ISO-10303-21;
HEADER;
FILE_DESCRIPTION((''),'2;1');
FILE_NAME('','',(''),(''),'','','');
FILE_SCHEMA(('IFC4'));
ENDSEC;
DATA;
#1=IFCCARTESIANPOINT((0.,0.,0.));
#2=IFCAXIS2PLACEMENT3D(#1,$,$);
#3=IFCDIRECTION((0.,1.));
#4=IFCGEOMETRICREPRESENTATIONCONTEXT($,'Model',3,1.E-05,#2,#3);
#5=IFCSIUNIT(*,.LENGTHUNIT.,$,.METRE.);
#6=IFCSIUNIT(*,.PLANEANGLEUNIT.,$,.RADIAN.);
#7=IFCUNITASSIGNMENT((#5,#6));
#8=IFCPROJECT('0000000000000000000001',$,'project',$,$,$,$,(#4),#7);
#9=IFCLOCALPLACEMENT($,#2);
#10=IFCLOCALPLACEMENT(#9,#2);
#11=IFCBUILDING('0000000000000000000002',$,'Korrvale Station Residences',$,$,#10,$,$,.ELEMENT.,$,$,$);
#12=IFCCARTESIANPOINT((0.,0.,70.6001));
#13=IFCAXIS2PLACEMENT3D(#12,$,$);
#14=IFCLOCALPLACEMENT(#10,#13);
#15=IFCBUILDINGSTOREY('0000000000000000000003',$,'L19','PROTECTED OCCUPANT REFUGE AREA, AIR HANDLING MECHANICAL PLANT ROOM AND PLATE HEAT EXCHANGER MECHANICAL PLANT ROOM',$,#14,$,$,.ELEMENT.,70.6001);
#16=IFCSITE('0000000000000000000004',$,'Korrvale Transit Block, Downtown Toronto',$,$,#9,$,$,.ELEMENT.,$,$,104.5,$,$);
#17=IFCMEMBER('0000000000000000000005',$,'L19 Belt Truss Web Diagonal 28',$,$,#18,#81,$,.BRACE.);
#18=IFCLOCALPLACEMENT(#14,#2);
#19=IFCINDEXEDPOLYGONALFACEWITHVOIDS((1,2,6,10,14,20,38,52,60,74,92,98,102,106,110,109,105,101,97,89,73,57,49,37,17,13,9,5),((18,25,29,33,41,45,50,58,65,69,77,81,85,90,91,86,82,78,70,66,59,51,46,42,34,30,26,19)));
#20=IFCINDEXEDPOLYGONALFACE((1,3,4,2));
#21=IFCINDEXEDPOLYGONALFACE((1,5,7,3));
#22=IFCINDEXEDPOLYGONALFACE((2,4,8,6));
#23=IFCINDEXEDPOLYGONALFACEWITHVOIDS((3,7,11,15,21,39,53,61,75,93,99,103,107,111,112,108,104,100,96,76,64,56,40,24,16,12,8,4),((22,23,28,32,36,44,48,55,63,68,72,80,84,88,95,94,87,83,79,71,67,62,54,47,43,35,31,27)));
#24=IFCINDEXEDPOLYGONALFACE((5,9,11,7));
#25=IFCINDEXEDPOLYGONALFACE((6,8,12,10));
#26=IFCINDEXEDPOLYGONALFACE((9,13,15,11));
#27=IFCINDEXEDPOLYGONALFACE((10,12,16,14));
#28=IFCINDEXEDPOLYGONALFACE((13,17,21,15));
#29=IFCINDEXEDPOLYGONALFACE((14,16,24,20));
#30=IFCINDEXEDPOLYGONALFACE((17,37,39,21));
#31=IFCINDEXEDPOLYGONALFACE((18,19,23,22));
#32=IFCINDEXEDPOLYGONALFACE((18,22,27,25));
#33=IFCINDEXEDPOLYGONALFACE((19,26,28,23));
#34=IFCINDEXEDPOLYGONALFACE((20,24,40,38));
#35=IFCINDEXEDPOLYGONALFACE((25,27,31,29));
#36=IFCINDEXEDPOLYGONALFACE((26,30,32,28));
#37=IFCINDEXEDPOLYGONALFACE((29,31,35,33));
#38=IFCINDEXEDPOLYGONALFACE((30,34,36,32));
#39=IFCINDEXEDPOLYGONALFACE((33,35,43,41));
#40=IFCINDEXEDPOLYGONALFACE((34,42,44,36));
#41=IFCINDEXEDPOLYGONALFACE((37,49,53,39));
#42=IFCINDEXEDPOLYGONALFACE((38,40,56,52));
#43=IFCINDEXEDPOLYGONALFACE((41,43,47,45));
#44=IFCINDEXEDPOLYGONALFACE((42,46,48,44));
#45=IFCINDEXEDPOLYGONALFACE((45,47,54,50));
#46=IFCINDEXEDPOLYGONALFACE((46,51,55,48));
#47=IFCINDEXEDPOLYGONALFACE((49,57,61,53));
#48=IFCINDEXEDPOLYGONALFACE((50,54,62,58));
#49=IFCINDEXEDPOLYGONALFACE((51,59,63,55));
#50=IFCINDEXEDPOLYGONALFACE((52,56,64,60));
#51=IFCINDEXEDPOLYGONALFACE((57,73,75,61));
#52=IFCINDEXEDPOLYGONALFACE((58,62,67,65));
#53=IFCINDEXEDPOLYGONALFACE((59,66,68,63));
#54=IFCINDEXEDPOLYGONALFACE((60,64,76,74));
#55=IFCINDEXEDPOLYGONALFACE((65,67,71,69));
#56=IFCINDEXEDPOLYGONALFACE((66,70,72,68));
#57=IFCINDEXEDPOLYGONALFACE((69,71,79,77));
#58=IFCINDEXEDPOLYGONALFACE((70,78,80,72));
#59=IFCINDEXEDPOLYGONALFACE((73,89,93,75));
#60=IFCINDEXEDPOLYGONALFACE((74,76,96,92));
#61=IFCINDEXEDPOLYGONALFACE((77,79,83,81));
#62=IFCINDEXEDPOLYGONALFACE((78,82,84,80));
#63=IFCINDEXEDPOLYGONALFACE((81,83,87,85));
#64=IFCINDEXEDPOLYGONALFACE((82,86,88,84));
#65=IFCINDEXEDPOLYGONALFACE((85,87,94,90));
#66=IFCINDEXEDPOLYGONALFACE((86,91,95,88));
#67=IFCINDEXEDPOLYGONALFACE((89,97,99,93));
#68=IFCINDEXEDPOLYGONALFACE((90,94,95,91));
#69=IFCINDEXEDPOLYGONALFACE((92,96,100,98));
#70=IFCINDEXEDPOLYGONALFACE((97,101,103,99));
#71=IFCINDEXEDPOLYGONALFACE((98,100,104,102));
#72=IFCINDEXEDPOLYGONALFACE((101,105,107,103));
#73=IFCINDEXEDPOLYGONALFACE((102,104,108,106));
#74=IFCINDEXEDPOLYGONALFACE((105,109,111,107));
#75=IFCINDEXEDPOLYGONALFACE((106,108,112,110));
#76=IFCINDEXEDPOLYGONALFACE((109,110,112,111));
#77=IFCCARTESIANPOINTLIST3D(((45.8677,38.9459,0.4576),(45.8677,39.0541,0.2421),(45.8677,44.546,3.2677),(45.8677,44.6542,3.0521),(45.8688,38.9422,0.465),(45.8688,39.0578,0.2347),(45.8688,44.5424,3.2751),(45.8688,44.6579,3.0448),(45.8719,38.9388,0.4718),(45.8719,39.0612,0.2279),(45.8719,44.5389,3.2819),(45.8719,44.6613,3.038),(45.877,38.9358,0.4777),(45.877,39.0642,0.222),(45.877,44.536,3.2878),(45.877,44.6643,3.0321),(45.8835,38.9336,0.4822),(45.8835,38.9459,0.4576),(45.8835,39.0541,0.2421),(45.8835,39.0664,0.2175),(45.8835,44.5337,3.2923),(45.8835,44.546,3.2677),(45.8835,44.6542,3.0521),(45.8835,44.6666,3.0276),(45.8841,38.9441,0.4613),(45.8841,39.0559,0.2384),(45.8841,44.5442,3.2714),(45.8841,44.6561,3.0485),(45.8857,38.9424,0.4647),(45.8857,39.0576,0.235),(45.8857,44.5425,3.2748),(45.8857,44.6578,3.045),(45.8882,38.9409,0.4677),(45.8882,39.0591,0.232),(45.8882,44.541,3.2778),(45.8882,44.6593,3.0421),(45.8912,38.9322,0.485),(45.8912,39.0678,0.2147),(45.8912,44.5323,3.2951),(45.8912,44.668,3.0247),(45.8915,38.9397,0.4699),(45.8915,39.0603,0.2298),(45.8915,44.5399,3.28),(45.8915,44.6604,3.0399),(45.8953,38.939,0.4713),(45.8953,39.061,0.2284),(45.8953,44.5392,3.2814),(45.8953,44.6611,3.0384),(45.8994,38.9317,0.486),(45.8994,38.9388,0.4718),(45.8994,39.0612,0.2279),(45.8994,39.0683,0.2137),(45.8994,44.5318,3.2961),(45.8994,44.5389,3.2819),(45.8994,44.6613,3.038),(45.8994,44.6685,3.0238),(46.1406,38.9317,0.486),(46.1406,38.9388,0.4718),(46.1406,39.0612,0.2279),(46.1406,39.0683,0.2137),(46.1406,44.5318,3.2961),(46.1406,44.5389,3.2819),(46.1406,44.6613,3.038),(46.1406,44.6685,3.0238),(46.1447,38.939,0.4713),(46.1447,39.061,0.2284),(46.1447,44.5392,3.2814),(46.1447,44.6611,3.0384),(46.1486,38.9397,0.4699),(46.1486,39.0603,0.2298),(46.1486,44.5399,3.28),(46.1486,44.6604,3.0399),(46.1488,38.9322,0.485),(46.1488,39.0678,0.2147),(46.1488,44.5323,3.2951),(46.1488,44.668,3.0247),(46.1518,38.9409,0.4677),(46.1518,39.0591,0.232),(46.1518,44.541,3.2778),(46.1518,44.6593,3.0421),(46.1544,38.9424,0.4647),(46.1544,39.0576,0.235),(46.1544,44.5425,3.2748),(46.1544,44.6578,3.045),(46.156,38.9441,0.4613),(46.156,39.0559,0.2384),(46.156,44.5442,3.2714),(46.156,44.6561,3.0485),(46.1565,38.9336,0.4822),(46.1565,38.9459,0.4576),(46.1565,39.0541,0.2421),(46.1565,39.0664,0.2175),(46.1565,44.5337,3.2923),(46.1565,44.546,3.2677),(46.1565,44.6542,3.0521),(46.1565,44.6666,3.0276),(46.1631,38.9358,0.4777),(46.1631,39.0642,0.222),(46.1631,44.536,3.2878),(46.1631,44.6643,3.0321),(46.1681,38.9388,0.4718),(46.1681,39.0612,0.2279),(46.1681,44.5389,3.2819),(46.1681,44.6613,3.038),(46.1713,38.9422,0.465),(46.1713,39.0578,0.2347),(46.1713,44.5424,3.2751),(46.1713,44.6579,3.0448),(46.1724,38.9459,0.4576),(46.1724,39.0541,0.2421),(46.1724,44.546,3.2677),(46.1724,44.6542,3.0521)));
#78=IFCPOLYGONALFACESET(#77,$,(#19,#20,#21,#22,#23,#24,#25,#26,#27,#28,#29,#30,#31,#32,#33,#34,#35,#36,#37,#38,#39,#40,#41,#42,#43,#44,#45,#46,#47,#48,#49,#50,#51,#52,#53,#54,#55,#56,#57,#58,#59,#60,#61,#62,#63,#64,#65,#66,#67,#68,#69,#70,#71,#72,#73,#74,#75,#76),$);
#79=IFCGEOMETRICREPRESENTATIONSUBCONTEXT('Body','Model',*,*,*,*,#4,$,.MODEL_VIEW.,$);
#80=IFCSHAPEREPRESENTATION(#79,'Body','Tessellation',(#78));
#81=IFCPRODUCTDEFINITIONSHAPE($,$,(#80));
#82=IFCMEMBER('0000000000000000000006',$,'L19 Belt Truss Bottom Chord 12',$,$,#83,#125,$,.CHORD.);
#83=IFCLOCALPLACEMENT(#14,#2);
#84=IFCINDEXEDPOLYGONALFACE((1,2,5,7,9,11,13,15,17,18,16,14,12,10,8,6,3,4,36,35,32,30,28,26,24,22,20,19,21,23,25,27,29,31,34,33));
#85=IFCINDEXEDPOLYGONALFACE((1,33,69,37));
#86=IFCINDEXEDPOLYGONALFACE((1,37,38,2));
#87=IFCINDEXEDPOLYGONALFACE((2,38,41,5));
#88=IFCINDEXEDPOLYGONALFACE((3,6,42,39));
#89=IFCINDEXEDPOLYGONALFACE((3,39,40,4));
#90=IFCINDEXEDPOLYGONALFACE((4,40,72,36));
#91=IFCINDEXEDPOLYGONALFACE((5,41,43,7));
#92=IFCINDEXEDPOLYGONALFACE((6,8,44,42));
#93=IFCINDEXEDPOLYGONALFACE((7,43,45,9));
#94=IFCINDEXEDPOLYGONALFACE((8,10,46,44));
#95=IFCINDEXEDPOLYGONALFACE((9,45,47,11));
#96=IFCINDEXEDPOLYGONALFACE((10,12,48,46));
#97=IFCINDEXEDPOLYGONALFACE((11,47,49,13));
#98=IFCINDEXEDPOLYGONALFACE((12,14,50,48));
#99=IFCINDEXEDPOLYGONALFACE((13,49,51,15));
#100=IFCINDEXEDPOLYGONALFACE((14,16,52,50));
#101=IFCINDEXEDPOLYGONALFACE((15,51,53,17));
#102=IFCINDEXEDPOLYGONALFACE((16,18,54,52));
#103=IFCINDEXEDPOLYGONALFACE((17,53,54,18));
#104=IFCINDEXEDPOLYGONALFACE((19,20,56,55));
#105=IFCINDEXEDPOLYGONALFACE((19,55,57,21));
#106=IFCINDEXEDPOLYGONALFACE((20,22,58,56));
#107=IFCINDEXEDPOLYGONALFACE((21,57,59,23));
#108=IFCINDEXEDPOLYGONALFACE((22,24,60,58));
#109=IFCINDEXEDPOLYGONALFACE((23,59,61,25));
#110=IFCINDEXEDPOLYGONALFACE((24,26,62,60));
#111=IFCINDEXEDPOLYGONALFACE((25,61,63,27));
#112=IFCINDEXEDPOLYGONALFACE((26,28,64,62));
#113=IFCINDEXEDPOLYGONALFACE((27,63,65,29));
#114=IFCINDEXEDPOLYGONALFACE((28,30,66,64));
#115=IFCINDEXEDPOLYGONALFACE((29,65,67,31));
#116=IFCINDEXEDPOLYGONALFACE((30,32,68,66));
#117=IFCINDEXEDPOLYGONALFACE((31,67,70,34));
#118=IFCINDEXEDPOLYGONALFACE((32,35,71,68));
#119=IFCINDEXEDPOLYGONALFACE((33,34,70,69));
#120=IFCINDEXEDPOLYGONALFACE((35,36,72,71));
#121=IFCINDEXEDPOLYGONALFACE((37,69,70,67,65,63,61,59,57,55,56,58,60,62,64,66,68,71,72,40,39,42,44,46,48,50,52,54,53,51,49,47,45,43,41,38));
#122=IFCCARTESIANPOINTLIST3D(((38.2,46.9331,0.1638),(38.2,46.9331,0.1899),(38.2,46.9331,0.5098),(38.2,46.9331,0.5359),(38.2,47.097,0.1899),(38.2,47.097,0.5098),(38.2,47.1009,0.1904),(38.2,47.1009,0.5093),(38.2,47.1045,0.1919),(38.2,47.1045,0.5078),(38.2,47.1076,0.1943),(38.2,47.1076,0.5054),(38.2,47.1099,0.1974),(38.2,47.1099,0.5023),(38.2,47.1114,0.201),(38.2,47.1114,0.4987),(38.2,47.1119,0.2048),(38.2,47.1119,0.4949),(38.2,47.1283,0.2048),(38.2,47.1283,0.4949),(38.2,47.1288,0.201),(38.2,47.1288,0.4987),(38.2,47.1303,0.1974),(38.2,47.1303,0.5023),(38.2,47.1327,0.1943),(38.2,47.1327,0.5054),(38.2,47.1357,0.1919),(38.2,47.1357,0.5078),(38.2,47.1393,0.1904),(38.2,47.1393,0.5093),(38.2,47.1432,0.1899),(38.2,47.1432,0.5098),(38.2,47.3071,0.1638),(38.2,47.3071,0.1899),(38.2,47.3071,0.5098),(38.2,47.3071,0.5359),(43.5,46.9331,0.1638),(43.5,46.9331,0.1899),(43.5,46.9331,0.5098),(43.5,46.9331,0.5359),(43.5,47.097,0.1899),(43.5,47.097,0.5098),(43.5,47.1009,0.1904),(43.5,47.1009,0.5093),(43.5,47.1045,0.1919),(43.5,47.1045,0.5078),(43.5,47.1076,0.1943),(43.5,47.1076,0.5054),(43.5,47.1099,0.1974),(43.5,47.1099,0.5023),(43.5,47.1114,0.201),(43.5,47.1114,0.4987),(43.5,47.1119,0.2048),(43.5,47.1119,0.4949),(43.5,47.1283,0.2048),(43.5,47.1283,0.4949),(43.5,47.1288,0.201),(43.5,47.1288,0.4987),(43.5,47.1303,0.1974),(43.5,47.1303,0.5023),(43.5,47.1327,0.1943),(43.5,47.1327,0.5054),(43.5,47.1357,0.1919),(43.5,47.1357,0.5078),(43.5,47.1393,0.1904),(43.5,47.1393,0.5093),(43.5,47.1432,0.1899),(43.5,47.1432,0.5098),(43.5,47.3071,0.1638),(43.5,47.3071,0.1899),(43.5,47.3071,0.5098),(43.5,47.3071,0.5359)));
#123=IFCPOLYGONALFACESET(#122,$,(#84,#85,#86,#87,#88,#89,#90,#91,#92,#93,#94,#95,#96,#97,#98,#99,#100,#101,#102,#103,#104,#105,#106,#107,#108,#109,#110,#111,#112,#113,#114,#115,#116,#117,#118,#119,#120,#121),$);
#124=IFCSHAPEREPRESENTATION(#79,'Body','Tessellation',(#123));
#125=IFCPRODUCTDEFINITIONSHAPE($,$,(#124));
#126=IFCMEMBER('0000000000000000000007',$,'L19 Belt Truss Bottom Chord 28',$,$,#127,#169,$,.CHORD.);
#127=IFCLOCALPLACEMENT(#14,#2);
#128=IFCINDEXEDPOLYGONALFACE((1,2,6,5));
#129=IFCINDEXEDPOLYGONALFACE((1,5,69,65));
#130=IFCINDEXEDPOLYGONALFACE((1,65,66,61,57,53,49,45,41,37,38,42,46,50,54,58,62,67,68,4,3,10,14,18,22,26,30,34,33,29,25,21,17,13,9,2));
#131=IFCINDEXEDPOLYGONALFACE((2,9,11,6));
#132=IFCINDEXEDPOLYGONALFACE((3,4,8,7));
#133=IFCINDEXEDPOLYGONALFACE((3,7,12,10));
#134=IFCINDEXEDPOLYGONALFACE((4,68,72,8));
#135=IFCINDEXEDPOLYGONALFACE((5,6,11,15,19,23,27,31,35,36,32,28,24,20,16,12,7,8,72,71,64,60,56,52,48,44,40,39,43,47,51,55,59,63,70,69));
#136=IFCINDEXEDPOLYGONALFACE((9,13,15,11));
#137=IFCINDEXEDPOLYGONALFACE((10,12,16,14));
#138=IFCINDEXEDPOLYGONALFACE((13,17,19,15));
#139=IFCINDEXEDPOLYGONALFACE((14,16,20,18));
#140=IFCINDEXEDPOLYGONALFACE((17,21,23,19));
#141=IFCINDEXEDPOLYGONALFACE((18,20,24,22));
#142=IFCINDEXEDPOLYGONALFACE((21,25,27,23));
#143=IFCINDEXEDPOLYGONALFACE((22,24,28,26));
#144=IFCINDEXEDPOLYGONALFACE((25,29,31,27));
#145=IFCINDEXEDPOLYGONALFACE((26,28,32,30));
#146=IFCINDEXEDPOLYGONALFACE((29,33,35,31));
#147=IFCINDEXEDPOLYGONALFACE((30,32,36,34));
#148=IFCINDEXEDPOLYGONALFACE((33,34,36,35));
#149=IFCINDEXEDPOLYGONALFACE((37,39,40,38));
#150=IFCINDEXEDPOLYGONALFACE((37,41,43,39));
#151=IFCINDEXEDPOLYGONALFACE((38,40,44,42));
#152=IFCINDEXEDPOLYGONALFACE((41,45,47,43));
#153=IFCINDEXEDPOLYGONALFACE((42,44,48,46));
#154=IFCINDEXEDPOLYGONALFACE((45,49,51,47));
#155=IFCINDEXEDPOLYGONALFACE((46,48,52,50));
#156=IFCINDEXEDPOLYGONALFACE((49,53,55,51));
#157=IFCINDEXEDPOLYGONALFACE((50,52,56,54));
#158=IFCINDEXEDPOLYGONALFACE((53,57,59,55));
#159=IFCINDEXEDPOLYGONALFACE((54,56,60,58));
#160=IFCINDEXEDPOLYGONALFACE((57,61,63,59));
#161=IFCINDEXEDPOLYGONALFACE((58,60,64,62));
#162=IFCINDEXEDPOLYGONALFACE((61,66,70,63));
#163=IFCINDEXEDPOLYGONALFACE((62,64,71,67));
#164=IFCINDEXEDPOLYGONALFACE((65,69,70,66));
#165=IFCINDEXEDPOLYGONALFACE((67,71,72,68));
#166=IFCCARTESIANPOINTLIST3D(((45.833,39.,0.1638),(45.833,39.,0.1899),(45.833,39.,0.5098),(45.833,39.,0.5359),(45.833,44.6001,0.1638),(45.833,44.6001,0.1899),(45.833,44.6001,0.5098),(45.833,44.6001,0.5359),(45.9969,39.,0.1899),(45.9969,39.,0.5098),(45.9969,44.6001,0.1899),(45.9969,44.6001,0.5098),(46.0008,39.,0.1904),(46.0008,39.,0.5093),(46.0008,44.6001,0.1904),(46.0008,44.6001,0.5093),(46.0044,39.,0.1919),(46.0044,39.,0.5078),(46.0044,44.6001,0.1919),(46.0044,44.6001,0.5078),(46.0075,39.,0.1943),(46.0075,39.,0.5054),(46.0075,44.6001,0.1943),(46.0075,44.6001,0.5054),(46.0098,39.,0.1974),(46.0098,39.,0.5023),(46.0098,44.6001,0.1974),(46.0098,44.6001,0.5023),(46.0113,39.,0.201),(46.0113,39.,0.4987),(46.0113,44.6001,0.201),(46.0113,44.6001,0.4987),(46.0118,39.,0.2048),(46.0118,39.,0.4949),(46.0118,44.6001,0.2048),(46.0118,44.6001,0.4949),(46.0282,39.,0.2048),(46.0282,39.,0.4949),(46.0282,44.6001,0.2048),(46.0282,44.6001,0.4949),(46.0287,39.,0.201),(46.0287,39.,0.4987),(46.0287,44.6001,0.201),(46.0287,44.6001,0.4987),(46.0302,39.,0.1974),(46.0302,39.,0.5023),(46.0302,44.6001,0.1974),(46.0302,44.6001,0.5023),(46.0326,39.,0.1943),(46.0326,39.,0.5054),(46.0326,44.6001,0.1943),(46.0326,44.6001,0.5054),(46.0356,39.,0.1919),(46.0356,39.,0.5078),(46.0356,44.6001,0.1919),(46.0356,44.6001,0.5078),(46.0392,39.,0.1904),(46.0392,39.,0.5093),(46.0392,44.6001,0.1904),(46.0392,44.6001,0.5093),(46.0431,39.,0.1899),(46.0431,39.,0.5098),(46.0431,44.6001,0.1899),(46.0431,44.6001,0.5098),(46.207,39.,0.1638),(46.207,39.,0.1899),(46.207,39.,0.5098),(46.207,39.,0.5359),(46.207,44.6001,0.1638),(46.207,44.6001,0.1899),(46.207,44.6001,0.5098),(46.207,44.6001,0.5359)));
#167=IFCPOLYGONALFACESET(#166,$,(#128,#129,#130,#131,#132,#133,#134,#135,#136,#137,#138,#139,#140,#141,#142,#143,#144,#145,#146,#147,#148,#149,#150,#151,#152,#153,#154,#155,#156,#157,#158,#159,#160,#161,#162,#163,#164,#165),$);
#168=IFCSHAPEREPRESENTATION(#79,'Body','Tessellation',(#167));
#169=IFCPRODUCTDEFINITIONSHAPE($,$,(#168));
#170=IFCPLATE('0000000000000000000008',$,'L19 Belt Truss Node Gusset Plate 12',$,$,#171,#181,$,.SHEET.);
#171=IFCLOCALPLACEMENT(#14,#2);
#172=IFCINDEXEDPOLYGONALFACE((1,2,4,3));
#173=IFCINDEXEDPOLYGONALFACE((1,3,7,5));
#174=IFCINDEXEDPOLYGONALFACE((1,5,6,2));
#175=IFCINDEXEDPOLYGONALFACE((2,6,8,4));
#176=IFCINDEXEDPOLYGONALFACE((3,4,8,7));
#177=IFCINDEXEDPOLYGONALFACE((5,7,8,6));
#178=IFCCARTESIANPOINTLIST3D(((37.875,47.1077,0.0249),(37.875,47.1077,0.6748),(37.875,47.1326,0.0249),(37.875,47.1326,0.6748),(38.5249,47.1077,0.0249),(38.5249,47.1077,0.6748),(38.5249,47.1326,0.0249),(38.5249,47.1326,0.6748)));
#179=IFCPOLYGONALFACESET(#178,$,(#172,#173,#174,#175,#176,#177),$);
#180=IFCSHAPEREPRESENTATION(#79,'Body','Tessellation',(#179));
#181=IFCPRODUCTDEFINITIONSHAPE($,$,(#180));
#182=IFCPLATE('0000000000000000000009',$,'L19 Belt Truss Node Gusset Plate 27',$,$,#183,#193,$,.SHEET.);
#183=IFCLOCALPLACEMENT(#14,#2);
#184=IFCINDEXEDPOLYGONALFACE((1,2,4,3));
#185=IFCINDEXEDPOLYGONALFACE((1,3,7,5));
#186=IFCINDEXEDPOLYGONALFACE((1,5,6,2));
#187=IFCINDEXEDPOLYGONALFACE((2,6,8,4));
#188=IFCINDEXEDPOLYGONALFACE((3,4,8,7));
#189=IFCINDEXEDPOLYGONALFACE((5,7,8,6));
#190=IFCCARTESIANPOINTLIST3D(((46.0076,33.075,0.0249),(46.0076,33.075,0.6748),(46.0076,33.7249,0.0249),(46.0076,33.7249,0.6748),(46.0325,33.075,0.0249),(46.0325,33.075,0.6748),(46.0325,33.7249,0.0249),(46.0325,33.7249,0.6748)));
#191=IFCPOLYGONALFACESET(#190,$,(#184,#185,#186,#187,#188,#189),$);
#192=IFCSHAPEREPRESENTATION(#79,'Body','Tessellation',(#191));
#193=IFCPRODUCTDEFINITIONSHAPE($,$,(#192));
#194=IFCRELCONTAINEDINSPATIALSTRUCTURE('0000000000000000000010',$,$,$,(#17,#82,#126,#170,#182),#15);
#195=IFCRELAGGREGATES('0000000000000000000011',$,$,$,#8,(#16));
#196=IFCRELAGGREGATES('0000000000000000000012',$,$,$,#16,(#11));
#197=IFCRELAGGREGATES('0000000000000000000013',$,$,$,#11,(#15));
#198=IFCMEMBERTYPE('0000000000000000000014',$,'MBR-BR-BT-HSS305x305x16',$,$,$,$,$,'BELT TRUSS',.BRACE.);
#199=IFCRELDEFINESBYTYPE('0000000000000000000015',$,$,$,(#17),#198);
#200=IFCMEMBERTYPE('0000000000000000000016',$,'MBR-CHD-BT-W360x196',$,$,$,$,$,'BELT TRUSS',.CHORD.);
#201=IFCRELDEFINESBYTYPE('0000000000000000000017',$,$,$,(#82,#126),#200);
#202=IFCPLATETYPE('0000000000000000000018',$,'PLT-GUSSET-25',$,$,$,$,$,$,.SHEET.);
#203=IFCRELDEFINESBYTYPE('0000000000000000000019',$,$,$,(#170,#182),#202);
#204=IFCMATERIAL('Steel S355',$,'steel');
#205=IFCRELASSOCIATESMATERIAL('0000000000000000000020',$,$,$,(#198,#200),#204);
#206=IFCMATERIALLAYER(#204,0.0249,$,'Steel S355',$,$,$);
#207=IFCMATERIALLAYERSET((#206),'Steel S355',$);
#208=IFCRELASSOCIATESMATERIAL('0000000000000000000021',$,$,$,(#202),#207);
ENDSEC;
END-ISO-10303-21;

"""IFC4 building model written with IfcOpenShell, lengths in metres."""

from ifc_helpers import new_model, si_unit, direction, frame, origin, origin_2d, place, context, subcontext, project, spatial, rectangle, hollow_rectangle, i_section, extrude, material, layer, layer_set, material_profile, profile_set, type_object, element, save


model = new_model("IFC4")

# Units and contexts
model_context = context("Model", 3, precision=1e-05, world=origin(), true_north=direction((0.0, 1.0)))
body_context = subcontext(model_context, "Body", "Model", "MODEL_VIEW")
ifc_project = project(units=[si_unit("LENGTHUNIT", "METRE"), si_unit("PLANEANGLEUNIT", "RADIAN")], contexts=[model_context])

# Site, building, storey
site_placement = place(None, origin())
site = spatial("IfcSite", under=ifc_project, at=site_placement, Name="Korrvale Transit Block, Downtown Toronto", CompositionType="ELEMENT", RefElevation=104.5)
building_placement = place(site_placement, origin())
building = spatial("IfcBuilding", under=site, at=building_placement, Name="Korrvale Station Residences", CompositionType="ELEMENT")
storey_placement = place(building_placement, frame((0.0, 0.0, 70.6001)))
storey = spatial("IfcBuildingStorey", under=building, at=storey_placement, Name="L19", Description="PROTECTED OCCUPANT REFUGE AREA, AIR HANDLING MECHANICAL PLANT ROOM AND PLATE HEAT EXCHANGER MECHANICAL PLANT ROOM", CompositionType="ELEMENT", Elevation=70.6001)

# Members
ifc_material_1 = material(Name="Steel S355", Category="steel")
ifc_material_profile_1 = material_profile(ifc_material_1, hollow_rectangle(XDim=0.3047, YDim=0.3047, WallThickness=0.0159, InnerFilletRadius=0.0159, OuterFilletRadius=0.0317, at=origin_2d()), Name="HSS305x305x16")
ifc_profile_set_1 = profile_set([ifc_material_profile_1], Name="Steel S355")
member_type_1 = type_object("IfcMemberType", Name="MBR-BR-BT-HSS305x305x16", ElementType="BELT TRUSS", PredefinedType="BRACE", material=ifc_profile_set_1)
member_1_placement = place(storey_placement, frame((46.02, 39.0, 0.3499), z_axis=(0.0, 0.893787, 0.448491), x_axis=(-1.0, 0.0, 0.0)))
element("IfcMember", 1, at=member_1_placement, inside=storey, type_object=member_type_1, Name="L19 Belt Truss Web Diagonal 28", PredefinedType="BRACE", context=body_context, shape_type="SweptSolid", body=[
    extrude(hollow_rectangle(XDim=0.3047, YDim=0.3047, WallThickness=0.0159, InnerFilletRadius=0.0159, OuterFilletRadius=0.0317, at=origin_2d()), origin(), (0.0, 0.0, 1.0), 6.2656),
])
ifc_material_profile_2 = material_profile(ifc_material_1, i_section(OverallWidth=0.374, OverallDepth=0.3721, WebThickness=0.0164, FlangeThickness=0.0261, FilletRadius=0.0149, at=origin_2d()), Name="W360x196")
ifc_profile_set_2 = profile_set([ifc_material_profile_2], Name="Steel S355")
member_type_2 = type_object("IfcMemberType", Name="MBR-CHD-BT-W360x196", ElementType="BELT TRUSS", PredefinedType="CHORD", material=ifc_profile_set_2)
member_2_placement = place(storey_placement, frame((38.2, 47.1201, 0.3499), z_axis=(1.0, 0.0, 0.0), x_axis=(0.0, 1.0, 0.0)))
element("IfcMember", 2, at=member_2_placement, inside=storey, type_object=member_type_2, Name="L19 Belt Truss Bottom Chord 12", PredefinedType="CHORD", context=body_context, shape_type="SweptSolid", body=[
    extrude(i_section(OverallWidth=0.374, OverallDepth=0.3721, WebThickness=0.0164, FlangeThickness=0.0261, FilletRadius=0.0149, at=origin_2d()), origin(), (0.0, 0.0, 1.0), 5.3),
])
member_3_placement = place(storey_placement, frame((46.02, 39.0, 0.3499), z_axis=(0.0, 1.0, 0.0), x_axis=(-1.0, 0.0, 0.0)))
element("IfcMember", 3, at=member_3_placement, inside=storey, type_object=member_type_2, Name="L19 Belt Truss Bottom Chord 28", PredefinedType="CHORD", context=body_context, shape_type="SweptSolid", body=[
    extrude(i_section(OverallWidth=0.374, OverallDepth=0.3721, WebThickness=0.0164, FlangeThickness=0.0261, FilletRadius=0.0149, at=origin_2d()), origin(), (0.0, 0.0, 1.0), 5.6001),
])

# Plates
ifc_layer_1 = layer(ifc_material_1, 0.0249, Name="Steel S355")
ifc_layer_set_1 = layer_set([ifc_layer_1], Name="Steel S355")
plate_type = type_object("IfcPlateType", Name="PLT-GUSSET-25", PredefinedType="SHEET", material=ifc_layer_set_1)
for number, where, z_axis, x_axis, name in (
    (4, (38.2, 47.1201, 0.0249), (0.0, 0.0, 1.0), (1.0, 0.0, 0.0), "L19 Belt Truss Node Gusset Plate 12"),
    (5, (46.02, 33.3999, 0.0249), (0.0, 0.0, 1.0), (0.0, 1.0, 0.0), "L19 Belt Truss Node Gusset Plate 27"),
):
    element("IfcPlate", number, at=place(storey_placement, frame(where, z_axis=z_axis, x_axis=x_axis)), inside=storey, type_object=plate_type, Name=name, PredefinedType="SHEET", context=body_context, shape_type="SweptSolid", body=[
        extrude(rectangle(XDim=0.6499, YDim=0.0249, at=origin_2d()), origin(), (0.0, 0.0, 1.0), 0.6499),
    ])

save(model, "model.ifc")
